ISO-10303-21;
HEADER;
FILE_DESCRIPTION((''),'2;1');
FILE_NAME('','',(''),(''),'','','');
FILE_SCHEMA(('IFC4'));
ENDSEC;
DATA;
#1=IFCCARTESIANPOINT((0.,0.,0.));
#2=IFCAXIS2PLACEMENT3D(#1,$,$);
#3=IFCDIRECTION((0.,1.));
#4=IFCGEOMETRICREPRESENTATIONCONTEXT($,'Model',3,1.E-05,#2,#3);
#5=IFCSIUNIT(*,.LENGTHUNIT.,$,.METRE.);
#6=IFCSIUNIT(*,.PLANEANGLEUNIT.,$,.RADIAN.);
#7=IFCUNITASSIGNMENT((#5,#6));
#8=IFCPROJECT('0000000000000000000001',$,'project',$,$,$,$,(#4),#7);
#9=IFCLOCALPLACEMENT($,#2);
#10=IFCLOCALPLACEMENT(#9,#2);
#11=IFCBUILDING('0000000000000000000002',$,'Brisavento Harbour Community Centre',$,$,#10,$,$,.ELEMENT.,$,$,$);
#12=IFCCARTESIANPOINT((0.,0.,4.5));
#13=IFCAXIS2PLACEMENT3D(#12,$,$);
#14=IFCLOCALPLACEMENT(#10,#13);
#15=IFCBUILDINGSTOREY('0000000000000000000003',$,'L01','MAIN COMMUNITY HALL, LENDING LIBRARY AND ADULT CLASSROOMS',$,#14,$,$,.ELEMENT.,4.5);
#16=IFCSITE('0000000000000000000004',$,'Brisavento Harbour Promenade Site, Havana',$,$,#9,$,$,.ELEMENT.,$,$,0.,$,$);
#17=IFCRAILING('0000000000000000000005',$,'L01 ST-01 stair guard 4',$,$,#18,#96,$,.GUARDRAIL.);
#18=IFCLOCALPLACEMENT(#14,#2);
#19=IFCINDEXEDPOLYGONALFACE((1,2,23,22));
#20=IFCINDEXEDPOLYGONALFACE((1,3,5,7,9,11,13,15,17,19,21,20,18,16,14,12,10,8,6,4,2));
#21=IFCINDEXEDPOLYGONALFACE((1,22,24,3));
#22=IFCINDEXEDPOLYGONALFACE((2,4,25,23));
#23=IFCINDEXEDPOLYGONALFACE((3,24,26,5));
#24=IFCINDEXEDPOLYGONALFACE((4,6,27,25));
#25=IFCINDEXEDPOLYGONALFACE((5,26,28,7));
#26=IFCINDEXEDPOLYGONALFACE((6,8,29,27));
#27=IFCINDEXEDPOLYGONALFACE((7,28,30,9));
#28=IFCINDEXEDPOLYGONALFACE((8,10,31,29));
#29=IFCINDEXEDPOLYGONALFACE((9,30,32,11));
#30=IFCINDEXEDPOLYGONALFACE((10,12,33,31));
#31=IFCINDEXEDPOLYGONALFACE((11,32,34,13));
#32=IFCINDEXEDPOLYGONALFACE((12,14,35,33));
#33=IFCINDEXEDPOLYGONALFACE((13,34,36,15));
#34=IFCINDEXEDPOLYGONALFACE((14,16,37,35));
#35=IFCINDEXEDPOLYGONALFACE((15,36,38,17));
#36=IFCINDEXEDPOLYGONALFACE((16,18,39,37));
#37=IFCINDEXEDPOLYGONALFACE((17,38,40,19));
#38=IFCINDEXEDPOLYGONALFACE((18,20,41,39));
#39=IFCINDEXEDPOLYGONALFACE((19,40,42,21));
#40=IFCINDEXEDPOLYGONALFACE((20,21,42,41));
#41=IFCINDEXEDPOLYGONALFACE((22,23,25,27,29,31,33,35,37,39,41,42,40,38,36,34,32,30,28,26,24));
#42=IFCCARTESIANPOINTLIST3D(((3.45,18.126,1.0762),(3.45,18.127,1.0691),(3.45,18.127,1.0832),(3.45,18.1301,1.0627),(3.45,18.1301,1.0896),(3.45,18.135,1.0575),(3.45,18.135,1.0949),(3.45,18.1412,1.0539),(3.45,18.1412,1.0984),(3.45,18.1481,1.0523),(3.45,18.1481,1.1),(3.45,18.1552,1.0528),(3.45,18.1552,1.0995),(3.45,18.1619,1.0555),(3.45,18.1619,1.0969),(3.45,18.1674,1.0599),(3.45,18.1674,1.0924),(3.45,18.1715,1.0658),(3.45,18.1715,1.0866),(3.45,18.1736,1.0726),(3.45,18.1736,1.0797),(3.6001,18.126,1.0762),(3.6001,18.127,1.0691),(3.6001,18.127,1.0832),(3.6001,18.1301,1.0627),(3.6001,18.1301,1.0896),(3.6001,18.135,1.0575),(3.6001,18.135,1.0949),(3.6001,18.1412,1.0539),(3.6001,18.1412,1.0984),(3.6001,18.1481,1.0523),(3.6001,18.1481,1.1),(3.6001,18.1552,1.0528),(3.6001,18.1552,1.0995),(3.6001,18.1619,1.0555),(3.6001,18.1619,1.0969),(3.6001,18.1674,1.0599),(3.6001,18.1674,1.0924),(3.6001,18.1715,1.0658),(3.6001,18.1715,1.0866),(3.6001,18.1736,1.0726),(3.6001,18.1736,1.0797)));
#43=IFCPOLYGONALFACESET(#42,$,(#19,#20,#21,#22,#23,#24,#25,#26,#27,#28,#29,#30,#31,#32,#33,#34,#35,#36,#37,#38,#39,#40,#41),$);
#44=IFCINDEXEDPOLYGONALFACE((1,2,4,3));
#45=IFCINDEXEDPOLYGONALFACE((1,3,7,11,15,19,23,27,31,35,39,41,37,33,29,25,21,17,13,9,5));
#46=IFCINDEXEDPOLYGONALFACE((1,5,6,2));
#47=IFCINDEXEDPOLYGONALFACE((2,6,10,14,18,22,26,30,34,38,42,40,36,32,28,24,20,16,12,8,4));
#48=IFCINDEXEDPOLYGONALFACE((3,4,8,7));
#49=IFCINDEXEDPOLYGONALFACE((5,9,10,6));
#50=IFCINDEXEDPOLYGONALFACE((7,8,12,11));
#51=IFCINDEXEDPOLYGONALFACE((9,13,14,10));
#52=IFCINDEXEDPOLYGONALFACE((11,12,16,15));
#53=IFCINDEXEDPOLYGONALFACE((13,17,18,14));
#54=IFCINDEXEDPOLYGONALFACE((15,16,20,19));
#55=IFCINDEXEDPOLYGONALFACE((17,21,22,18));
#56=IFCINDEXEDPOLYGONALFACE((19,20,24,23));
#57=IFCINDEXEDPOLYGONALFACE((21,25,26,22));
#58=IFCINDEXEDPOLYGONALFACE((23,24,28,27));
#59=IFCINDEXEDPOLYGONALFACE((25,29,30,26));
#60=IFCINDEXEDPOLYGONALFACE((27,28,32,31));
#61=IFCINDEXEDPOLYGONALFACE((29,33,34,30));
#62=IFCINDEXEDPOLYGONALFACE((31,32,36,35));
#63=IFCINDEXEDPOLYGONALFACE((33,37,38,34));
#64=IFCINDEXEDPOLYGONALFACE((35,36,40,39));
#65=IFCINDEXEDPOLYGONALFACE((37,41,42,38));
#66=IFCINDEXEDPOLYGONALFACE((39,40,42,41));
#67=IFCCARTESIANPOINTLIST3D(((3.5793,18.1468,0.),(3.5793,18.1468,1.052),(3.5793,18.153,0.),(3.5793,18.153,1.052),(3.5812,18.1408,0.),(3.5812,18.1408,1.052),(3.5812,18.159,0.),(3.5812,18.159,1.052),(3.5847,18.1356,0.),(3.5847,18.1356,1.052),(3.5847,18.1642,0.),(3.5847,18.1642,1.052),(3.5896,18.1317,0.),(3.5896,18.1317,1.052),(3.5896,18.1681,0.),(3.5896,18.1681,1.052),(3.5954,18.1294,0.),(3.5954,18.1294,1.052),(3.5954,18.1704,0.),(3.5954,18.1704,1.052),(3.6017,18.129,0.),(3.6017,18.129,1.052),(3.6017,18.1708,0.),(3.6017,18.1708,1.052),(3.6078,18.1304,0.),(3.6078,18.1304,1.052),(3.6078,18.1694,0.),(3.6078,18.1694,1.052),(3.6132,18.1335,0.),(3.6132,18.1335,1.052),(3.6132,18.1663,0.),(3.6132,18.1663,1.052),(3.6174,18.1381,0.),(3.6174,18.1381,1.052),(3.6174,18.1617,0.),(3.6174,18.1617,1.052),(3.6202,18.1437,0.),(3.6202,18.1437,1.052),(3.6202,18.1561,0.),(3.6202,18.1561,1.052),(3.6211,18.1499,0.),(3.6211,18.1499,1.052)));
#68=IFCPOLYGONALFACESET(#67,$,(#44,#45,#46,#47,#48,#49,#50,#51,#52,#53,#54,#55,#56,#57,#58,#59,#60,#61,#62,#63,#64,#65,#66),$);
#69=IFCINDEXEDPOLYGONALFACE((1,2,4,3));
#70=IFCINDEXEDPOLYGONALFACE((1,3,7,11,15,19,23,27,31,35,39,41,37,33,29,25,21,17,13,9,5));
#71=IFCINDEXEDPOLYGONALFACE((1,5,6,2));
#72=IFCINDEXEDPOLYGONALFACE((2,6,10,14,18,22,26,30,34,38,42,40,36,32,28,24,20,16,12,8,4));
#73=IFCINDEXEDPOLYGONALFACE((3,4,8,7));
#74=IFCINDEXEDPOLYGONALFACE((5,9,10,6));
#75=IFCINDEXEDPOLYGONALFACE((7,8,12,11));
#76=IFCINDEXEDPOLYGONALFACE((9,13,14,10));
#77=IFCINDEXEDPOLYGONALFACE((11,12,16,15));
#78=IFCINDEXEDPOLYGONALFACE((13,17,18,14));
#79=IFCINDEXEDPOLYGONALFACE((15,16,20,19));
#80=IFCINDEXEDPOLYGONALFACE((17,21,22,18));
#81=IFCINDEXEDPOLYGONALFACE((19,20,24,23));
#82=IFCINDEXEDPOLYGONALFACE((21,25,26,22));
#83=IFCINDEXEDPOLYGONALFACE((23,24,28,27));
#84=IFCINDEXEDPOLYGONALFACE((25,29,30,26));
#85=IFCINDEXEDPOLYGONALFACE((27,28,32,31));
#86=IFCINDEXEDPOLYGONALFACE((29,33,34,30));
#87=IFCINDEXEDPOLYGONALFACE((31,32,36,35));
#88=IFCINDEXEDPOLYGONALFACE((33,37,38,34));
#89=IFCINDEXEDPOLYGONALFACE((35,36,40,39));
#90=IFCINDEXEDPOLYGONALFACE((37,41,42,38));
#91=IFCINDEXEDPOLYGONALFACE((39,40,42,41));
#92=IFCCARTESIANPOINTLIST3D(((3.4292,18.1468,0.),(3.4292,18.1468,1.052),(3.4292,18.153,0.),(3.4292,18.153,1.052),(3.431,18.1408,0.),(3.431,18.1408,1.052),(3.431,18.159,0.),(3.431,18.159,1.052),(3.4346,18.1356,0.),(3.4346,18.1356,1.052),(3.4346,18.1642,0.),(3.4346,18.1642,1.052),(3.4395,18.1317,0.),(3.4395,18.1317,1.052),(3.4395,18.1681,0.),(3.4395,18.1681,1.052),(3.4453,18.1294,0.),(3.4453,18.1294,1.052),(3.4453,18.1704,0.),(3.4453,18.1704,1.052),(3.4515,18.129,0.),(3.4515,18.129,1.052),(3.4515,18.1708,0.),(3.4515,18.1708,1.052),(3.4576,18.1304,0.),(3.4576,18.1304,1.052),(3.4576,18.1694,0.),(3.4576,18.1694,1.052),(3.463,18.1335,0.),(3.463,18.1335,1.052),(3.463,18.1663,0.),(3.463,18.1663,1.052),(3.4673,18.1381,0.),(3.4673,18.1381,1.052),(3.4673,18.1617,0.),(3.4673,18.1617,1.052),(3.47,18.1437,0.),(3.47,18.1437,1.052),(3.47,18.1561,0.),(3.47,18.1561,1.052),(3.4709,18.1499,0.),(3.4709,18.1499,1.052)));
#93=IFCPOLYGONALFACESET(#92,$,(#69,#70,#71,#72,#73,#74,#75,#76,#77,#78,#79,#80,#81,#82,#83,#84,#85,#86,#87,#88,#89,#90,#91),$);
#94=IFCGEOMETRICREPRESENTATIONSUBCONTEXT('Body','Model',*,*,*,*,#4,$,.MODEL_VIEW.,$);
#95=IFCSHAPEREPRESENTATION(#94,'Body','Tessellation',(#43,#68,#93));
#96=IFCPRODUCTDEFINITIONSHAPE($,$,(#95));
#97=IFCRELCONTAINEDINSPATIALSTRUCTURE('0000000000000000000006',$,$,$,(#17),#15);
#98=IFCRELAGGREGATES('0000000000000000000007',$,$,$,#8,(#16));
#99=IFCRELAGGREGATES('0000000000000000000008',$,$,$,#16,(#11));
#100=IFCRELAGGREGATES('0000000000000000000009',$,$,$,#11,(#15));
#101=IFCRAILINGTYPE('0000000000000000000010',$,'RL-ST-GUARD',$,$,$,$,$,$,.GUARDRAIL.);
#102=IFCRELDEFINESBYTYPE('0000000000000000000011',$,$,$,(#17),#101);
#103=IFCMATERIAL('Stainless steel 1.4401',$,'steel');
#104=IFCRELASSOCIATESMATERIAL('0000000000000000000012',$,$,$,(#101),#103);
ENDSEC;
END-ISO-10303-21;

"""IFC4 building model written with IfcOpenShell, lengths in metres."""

from ifc_helpers import new_model, si_unit, direction, frame, origin, origin_2d, place, context, subcontext, project, spatial, circle, extrude, material, type_object, element, save


model = new_model("IFC4")

# Units and contexts
model_context = context("Model", 3, precision=1e-05, world=origin(), true_north=direction((0.0, 1.0)))
body_context = subcontext(model_context, "Body", "Model", "MODEL_VIEW")
ifc_project = project(units=[si_unit("LENGTHUNIT", "METRE"), si_unit("PLANEANGLEUNIT", "RADIAN")], contexts=[model_context])

# Site, building, storey
site_placement = place(None, origin())
site = spatial("IfcSite", under=ifc_project, at=site_placement, Name="Brisavento Harbour Promenade Site, Havana", CompositionType="ELEMENT", RefElevation=0.0)
building_placement = place(site_placement, origin())
building = spatial("IfcBuilding", under=site, at=building_placement, Name="Brisavento Harbour Community Centre", CompositionType="ELEMENT")
storey_placement = place(building_placement, frame((0.0, 0.0, 4.5)))
storey = spatial("IfcBuildingStorey", under=building, at=storey_placement, Name="L01", Description="MAIN COMMUNITY HALL, LENDING LIBRARY AND ADULT CLASSROOMS", CompositionType="ELEMENT", Elevation=4.5)

# Shared definitions
ifc_material_1 = material(Name="Stainless steel 1.4401", Category="steel")

# Railing
railing_type_1 = type_object("IfcRailingType", Name="RL-ST-GUARD", PredefinedType="GUARDRAIL", material=ifc_material_1)
railing_1_placement = place(storey_placement, frame((3.6001, 18.1499, 0.0)))
element("IfcRailing", 1, at=railing_1_placement, inside=storey, type_object=railing_type_1, Name="L01 ST-01 stair guard 4", PredefinedType="GUARDRAIL", context=body_context, shape_type="SweptSolid", body=[
    extrude(circle(Radius=0.0239, at=origin_2d()), frame((0.0, 0.0, 1.0762), z_axis=(-1.0, 0.0, 0.0), x_axis=(0.0, -1.0, 0.0)), (0.0, 0.0, 1.0), 0.1501),
    extrude(circle(Radius=0.021, at=origin_2d()), origin(), (0.0, 0.0, 1.0), 1.052),
    extrude(circle(Radius=0.021, at=origin_2d()), frame((-0.1501, 0.0, 0.0)), (0.0, 0.0, 1.0), 1.052),
])

save(model, "model.ifc")
